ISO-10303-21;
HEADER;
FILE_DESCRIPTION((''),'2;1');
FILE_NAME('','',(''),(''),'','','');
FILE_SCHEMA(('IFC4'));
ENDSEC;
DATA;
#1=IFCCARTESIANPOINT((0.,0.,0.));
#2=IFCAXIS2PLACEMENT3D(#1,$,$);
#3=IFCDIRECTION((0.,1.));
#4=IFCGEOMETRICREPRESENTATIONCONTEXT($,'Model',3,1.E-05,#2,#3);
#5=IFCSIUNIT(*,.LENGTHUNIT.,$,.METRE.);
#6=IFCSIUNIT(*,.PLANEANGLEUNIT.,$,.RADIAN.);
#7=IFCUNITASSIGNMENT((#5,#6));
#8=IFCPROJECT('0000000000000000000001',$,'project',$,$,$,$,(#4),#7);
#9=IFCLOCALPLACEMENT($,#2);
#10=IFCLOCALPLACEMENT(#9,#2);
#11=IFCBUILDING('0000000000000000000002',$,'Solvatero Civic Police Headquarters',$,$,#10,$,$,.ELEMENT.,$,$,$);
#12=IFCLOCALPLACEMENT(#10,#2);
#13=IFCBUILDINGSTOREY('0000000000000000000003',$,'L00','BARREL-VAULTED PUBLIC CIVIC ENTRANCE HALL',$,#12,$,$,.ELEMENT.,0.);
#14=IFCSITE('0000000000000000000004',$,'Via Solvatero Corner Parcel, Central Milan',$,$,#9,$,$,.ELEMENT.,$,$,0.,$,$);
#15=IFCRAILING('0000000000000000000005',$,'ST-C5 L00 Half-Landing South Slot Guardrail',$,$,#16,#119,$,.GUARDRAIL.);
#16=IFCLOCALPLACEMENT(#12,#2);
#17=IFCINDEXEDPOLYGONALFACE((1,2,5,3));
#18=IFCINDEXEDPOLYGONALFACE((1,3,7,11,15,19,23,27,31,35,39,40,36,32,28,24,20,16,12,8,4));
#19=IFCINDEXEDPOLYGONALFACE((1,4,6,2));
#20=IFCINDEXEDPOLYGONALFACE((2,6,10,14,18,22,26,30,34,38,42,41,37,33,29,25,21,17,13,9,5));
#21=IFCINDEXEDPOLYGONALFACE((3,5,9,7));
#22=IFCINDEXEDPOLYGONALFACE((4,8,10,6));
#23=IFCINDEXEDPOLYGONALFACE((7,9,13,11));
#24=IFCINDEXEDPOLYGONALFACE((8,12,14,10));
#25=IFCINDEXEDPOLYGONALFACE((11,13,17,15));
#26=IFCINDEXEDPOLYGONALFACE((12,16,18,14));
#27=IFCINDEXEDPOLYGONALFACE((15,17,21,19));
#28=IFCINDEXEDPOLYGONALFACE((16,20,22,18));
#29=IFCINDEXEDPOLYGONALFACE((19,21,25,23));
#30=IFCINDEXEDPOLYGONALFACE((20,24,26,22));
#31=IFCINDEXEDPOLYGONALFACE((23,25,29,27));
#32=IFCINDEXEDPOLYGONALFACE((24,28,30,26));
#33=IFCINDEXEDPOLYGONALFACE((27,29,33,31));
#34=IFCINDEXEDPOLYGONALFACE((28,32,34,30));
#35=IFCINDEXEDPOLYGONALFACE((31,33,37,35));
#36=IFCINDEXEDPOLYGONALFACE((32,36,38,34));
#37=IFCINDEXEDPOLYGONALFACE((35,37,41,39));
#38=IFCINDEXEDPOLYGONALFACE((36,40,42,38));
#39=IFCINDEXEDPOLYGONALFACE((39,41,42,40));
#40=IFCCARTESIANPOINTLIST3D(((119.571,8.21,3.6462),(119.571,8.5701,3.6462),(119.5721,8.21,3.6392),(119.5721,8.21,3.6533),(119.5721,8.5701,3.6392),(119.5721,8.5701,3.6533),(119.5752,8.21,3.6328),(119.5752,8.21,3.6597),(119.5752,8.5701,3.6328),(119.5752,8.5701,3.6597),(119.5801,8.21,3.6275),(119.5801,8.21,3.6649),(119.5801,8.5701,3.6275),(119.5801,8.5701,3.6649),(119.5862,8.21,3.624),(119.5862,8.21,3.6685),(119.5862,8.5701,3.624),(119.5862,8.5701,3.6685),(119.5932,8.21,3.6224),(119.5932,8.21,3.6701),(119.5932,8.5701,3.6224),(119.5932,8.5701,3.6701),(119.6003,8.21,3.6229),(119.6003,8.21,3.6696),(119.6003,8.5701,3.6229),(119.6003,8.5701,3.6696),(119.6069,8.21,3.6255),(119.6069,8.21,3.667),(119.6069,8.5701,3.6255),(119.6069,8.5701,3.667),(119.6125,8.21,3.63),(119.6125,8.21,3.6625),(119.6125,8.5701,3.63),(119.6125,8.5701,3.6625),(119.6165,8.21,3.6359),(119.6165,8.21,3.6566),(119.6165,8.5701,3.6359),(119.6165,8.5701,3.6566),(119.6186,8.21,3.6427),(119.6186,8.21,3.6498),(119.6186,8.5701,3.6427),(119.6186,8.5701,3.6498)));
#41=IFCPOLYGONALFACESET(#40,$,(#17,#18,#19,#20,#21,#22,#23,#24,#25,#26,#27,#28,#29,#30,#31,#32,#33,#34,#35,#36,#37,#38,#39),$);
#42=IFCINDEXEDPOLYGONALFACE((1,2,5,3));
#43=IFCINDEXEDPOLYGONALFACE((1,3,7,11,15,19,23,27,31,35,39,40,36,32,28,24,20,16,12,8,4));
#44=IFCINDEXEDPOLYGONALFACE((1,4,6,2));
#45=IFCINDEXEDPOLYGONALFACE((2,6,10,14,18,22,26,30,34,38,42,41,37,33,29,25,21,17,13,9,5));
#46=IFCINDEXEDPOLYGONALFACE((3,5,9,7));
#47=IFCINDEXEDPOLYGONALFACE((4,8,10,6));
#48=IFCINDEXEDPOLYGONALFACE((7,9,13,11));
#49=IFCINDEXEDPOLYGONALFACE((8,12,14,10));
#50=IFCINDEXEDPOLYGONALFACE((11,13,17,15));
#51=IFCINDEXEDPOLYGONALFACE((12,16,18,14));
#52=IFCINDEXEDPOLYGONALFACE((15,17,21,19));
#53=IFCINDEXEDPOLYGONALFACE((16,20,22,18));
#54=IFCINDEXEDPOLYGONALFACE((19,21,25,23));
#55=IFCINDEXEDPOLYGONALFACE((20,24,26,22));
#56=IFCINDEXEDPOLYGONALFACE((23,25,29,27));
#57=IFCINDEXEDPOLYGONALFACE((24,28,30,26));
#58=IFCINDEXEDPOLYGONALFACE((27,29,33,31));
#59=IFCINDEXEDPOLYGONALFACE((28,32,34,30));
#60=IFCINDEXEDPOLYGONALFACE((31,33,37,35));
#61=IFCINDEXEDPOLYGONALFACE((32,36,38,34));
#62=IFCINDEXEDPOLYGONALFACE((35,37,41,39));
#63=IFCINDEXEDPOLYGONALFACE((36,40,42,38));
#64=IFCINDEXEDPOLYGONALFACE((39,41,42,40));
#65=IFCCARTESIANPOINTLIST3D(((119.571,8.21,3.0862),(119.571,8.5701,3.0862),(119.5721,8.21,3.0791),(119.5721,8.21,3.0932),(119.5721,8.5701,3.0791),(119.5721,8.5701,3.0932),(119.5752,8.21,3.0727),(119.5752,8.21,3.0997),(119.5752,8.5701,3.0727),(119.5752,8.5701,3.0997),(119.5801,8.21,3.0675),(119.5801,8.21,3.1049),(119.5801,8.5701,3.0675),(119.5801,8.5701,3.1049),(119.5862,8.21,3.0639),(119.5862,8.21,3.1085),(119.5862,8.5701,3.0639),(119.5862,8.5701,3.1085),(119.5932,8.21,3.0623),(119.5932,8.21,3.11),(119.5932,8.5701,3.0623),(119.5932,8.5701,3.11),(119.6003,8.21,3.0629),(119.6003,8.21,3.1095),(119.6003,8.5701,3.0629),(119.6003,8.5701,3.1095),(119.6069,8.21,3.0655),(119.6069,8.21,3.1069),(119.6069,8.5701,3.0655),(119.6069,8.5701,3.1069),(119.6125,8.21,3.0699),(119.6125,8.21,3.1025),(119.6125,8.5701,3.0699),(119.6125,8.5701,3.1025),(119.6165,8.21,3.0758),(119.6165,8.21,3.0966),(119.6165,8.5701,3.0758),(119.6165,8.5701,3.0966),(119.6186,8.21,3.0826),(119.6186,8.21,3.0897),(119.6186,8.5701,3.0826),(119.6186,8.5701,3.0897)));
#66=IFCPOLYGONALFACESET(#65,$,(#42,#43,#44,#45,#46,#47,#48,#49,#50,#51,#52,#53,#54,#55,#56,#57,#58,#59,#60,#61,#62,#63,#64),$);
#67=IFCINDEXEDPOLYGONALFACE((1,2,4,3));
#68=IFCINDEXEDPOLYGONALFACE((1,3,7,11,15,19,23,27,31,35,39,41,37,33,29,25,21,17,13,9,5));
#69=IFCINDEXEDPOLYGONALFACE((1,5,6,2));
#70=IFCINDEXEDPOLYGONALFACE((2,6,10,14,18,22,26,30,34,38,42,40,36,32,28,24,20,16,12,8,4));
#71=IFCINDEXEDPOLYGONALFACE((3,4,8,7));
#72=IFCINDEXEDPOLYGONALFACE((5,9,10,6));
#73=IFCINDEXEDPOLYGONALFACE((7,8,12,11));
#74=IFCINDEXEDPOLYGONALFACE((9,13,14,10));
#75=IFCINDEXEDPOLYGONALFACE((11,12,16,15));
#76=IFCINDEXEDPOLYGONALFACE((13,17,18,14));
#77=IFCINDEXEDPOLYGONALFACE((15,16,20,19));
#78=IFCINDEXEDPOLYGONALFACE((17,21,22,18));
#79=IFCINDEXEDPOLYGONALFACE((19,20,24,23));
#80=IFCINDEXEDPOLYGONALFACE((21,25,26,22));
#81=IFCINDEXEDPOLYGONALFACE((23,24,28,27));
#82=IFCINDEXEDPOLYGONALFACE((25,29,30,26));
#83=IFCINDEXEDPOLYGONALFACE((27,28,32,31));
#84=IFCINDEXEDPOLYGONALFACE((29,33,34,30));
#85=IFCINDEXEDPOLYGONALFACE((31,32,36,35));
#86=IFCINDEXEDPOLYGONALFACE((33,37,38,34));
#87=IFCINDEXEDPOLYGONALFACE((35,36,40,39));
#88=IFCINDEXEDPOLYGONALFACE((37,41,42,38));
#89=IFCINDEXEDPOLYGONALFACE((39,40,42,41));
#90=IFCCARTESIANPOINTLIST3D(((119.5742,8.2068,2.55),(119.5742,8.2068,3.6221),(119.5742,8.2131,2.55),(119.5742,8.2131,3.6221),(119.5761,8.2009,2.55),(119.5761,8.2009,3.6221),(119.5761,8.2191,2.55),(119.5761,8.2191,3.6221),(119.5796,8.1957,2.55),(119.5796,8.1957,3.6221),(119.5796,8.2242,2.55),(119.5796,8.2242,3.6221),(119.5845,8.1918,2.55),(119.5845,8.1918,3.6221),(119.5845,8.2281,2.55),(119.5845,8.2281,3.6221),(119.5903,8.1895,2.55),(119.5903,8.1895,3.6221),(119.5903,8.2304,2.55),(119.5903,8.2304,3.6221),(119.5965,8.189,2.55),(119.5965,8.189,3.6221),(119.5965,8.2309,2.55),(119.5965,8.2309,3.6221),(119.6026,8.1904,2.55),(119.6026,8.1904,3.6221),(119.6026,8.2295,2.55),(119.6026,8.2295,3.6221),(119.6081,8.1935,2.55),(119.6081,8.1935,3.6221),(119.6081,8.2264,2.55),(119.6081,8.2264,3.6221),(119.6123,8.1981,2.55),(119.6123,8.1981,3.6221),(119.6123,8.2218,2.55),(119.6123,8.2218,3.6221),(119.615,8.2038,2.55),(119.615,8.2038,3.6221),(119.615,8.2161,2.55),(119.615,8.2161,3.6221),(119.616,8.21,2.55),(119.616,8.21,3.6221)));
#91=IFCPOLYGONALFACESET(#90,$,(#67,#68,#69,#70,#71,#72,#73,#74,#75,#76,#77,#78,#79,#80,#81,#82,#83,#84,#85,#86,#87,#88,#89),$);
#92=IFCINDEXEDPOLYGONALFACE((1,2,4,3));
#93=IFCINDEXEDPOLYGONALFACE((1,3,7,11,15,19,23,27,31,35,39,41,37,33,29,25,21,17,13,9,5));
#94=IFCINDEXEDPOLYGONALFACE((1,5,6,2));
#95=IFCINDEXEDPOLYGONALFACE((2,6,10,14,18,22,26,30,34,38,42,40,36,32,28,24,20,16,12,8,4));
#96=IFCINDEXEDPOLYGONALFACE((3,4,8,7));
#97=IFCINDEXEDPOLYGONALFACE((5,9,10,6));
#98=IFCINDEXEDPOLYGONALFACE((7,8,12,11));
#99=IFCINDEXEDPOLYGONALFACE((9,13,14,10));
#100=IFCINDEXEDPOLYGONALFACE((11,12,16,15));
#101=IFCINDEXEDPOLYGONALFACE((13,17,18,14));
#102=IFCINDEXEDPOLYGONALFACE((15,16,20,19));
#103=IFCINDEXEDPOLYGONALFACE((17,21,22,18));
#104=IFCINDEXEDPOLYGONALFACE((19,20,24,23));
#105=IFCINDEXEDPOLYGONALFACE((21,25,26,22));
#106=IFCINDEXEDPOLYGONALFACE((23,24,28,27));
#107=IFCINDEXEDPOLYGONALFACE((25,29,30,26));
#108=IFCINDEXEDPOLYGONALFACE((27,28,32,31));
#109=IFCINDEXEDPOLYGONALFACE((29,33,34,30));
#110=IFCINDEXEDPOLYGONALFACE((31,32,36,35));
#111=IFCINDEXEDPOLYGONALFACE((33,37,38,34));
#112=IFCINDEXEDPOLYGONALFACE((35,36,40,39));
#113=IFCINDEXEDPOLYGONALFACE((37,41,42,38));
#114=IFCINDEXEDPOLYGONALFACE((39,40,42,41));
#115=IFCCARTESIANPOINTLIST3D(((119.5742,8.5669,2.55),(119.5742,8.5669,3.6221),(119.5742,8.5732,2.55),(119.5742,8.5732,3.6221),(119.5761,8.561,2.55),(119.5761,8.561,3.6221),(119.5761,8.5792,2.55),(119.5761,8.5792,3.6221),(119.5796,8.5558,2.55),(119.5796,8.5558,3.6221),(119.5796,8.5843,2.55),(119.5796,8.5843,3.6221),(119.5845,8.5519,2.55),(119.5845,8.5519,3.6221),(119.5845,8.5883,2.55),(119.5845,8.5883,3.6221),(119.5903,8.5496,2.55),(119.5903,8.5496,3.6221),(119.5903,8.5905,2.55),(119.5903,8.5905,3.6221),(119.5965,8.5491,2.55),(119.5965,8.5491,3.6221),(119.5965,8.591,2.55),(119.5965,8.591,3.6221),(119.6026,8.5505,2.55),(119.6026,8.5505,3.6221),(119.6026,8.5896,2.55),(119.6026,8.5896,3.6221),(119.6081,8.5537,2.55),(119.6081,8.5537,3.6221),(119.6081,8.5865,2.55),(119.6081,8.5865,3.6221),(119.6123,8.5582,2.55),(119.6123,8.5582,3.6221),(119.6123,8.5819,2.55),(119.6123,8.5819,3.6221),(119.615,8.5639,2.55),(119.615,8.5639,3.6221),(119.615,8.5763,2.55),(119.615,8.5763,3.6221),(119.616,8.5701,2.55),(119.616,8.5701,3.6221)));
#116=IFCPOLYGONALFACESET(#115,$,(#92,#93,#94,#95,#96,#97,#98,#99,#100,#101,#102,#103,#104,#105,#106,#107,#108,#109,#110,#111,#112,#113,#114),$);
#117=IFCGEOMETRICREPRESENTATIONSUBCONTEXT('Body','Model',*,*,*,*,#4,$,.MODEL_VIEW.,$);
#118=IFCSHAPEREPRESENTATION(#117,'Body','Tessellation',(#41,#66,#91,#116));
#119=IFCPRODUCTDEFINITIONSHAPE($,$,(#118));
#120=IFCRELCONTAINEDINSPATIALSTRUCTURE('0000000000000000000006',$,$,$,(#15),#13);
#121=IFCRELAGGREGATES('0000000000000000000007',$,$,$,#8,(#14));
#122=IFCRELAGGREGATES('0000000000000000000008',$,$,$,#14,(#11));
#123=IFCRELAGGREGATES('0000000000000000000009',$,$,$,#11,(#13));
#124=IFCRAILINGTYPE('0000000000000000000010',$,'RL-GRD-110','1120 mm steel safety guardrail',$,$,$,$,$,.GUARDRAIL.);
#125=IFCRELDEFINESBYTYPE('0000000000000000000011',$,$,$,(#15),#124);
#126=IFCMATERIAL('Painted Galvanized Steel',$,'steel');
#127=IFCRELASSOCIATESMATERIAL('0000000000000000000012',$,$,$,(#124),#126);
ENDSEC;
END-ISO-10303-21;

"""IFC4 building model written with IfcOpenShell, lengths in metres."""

from ifc_helpers import new_model, si_unit, direction, frame, origin, origin_2d, place, context, subcontext, project, spatial, circle, extrude, material, type_object, element, save


model = new_model("IFC4")

# Units and contexts
model_context = context("Model", 3, precision=1e-05, world=origin(), true_north=direction((0.0, 1.0)))
body_context = subcontext(model_context, "Body", "Model", "MODEL_VIEW")
ifc_project = project(units=[si_unit("LENGTHUNIT", "METRE"), si_unit("PLANEANGLEUNIT", "RADIAN")], contexts=[model_context])

# Site, building, storey
site_placement = place(None, origin())
site = spatial("IfcSite", under=ifc_project, at=site_placement, Name="Via Solvatero Corner Parcel, Central Milan", CompositionType="ELEMENT", RefElevation=0.0)
building_placement = place(site_placement, origin())
building = spatial("IfcBuilding", under=site, at=building_placement, Name="Solvatero Civic Police Headquarters", CompositionType="ELEMENT")
storey_placement = place(building_placement, origin())
storey = spatial("IfcBuildingStorey", under=building, at=storey_placement, Name="L00", Description="BARREL-VAULTED PUBLIC CIVIC ENTRANCE HALL", CompositionType="ELEMENT", Elevation=0.0)

# Railing
ifc_material_1 = material(Name="Painted Galvanized Steel", Category="steel")
railing_type_1 = type_object("IfcRailingType", Name="RL-GRD-110", Description="1120 mm steel safety guardrail", PredefinedType="GUARDRAIL", material=ifc_material_1)
railing_1_placement = place(storey_placement, frame((119.595, 8.21, 2.55)))
element("IfcRailing", 1, at=railing_1_placement, inside=storey, type_object=railing_type_1, Name="ST-C5 L00 Half-Landing South Slot Guardrail", PredefinedType="GUARDRAIL", context=body_context, shape_type="SweptSolid", body=[
    extrude(circle(Radius=0.0239, at=origin_2d()), frame((0.0, 0.0, 1.0962), z_axis=(0.0, 1.0, 0.0), x_axis=(-1.0, 0.0, 0.0)), (0.0, 0.0, 1.0), 0.3601),
    extrude(circle(Radius=0.0239, at=origin_2d()), frame((0.0, 0.0, 0.5361), z_axis=(0.0, 1.0, 0.0), x_axis=(-1.0, 0.0, 0.0)), (0.0, 0.0, 1.0), 0.3601),
    extrude(circle(Radius=0.021, at=origin_2d()), origin(), (0.0, 0.0, 1.0), 1.072),
    extrude(circle(Radius=0.021, at=origin_2d()), frame((0.0, 0.3601, 0.0)), (0.0, 0.0, 1.0), 1.072),
])

save(model, "model.ifc")
